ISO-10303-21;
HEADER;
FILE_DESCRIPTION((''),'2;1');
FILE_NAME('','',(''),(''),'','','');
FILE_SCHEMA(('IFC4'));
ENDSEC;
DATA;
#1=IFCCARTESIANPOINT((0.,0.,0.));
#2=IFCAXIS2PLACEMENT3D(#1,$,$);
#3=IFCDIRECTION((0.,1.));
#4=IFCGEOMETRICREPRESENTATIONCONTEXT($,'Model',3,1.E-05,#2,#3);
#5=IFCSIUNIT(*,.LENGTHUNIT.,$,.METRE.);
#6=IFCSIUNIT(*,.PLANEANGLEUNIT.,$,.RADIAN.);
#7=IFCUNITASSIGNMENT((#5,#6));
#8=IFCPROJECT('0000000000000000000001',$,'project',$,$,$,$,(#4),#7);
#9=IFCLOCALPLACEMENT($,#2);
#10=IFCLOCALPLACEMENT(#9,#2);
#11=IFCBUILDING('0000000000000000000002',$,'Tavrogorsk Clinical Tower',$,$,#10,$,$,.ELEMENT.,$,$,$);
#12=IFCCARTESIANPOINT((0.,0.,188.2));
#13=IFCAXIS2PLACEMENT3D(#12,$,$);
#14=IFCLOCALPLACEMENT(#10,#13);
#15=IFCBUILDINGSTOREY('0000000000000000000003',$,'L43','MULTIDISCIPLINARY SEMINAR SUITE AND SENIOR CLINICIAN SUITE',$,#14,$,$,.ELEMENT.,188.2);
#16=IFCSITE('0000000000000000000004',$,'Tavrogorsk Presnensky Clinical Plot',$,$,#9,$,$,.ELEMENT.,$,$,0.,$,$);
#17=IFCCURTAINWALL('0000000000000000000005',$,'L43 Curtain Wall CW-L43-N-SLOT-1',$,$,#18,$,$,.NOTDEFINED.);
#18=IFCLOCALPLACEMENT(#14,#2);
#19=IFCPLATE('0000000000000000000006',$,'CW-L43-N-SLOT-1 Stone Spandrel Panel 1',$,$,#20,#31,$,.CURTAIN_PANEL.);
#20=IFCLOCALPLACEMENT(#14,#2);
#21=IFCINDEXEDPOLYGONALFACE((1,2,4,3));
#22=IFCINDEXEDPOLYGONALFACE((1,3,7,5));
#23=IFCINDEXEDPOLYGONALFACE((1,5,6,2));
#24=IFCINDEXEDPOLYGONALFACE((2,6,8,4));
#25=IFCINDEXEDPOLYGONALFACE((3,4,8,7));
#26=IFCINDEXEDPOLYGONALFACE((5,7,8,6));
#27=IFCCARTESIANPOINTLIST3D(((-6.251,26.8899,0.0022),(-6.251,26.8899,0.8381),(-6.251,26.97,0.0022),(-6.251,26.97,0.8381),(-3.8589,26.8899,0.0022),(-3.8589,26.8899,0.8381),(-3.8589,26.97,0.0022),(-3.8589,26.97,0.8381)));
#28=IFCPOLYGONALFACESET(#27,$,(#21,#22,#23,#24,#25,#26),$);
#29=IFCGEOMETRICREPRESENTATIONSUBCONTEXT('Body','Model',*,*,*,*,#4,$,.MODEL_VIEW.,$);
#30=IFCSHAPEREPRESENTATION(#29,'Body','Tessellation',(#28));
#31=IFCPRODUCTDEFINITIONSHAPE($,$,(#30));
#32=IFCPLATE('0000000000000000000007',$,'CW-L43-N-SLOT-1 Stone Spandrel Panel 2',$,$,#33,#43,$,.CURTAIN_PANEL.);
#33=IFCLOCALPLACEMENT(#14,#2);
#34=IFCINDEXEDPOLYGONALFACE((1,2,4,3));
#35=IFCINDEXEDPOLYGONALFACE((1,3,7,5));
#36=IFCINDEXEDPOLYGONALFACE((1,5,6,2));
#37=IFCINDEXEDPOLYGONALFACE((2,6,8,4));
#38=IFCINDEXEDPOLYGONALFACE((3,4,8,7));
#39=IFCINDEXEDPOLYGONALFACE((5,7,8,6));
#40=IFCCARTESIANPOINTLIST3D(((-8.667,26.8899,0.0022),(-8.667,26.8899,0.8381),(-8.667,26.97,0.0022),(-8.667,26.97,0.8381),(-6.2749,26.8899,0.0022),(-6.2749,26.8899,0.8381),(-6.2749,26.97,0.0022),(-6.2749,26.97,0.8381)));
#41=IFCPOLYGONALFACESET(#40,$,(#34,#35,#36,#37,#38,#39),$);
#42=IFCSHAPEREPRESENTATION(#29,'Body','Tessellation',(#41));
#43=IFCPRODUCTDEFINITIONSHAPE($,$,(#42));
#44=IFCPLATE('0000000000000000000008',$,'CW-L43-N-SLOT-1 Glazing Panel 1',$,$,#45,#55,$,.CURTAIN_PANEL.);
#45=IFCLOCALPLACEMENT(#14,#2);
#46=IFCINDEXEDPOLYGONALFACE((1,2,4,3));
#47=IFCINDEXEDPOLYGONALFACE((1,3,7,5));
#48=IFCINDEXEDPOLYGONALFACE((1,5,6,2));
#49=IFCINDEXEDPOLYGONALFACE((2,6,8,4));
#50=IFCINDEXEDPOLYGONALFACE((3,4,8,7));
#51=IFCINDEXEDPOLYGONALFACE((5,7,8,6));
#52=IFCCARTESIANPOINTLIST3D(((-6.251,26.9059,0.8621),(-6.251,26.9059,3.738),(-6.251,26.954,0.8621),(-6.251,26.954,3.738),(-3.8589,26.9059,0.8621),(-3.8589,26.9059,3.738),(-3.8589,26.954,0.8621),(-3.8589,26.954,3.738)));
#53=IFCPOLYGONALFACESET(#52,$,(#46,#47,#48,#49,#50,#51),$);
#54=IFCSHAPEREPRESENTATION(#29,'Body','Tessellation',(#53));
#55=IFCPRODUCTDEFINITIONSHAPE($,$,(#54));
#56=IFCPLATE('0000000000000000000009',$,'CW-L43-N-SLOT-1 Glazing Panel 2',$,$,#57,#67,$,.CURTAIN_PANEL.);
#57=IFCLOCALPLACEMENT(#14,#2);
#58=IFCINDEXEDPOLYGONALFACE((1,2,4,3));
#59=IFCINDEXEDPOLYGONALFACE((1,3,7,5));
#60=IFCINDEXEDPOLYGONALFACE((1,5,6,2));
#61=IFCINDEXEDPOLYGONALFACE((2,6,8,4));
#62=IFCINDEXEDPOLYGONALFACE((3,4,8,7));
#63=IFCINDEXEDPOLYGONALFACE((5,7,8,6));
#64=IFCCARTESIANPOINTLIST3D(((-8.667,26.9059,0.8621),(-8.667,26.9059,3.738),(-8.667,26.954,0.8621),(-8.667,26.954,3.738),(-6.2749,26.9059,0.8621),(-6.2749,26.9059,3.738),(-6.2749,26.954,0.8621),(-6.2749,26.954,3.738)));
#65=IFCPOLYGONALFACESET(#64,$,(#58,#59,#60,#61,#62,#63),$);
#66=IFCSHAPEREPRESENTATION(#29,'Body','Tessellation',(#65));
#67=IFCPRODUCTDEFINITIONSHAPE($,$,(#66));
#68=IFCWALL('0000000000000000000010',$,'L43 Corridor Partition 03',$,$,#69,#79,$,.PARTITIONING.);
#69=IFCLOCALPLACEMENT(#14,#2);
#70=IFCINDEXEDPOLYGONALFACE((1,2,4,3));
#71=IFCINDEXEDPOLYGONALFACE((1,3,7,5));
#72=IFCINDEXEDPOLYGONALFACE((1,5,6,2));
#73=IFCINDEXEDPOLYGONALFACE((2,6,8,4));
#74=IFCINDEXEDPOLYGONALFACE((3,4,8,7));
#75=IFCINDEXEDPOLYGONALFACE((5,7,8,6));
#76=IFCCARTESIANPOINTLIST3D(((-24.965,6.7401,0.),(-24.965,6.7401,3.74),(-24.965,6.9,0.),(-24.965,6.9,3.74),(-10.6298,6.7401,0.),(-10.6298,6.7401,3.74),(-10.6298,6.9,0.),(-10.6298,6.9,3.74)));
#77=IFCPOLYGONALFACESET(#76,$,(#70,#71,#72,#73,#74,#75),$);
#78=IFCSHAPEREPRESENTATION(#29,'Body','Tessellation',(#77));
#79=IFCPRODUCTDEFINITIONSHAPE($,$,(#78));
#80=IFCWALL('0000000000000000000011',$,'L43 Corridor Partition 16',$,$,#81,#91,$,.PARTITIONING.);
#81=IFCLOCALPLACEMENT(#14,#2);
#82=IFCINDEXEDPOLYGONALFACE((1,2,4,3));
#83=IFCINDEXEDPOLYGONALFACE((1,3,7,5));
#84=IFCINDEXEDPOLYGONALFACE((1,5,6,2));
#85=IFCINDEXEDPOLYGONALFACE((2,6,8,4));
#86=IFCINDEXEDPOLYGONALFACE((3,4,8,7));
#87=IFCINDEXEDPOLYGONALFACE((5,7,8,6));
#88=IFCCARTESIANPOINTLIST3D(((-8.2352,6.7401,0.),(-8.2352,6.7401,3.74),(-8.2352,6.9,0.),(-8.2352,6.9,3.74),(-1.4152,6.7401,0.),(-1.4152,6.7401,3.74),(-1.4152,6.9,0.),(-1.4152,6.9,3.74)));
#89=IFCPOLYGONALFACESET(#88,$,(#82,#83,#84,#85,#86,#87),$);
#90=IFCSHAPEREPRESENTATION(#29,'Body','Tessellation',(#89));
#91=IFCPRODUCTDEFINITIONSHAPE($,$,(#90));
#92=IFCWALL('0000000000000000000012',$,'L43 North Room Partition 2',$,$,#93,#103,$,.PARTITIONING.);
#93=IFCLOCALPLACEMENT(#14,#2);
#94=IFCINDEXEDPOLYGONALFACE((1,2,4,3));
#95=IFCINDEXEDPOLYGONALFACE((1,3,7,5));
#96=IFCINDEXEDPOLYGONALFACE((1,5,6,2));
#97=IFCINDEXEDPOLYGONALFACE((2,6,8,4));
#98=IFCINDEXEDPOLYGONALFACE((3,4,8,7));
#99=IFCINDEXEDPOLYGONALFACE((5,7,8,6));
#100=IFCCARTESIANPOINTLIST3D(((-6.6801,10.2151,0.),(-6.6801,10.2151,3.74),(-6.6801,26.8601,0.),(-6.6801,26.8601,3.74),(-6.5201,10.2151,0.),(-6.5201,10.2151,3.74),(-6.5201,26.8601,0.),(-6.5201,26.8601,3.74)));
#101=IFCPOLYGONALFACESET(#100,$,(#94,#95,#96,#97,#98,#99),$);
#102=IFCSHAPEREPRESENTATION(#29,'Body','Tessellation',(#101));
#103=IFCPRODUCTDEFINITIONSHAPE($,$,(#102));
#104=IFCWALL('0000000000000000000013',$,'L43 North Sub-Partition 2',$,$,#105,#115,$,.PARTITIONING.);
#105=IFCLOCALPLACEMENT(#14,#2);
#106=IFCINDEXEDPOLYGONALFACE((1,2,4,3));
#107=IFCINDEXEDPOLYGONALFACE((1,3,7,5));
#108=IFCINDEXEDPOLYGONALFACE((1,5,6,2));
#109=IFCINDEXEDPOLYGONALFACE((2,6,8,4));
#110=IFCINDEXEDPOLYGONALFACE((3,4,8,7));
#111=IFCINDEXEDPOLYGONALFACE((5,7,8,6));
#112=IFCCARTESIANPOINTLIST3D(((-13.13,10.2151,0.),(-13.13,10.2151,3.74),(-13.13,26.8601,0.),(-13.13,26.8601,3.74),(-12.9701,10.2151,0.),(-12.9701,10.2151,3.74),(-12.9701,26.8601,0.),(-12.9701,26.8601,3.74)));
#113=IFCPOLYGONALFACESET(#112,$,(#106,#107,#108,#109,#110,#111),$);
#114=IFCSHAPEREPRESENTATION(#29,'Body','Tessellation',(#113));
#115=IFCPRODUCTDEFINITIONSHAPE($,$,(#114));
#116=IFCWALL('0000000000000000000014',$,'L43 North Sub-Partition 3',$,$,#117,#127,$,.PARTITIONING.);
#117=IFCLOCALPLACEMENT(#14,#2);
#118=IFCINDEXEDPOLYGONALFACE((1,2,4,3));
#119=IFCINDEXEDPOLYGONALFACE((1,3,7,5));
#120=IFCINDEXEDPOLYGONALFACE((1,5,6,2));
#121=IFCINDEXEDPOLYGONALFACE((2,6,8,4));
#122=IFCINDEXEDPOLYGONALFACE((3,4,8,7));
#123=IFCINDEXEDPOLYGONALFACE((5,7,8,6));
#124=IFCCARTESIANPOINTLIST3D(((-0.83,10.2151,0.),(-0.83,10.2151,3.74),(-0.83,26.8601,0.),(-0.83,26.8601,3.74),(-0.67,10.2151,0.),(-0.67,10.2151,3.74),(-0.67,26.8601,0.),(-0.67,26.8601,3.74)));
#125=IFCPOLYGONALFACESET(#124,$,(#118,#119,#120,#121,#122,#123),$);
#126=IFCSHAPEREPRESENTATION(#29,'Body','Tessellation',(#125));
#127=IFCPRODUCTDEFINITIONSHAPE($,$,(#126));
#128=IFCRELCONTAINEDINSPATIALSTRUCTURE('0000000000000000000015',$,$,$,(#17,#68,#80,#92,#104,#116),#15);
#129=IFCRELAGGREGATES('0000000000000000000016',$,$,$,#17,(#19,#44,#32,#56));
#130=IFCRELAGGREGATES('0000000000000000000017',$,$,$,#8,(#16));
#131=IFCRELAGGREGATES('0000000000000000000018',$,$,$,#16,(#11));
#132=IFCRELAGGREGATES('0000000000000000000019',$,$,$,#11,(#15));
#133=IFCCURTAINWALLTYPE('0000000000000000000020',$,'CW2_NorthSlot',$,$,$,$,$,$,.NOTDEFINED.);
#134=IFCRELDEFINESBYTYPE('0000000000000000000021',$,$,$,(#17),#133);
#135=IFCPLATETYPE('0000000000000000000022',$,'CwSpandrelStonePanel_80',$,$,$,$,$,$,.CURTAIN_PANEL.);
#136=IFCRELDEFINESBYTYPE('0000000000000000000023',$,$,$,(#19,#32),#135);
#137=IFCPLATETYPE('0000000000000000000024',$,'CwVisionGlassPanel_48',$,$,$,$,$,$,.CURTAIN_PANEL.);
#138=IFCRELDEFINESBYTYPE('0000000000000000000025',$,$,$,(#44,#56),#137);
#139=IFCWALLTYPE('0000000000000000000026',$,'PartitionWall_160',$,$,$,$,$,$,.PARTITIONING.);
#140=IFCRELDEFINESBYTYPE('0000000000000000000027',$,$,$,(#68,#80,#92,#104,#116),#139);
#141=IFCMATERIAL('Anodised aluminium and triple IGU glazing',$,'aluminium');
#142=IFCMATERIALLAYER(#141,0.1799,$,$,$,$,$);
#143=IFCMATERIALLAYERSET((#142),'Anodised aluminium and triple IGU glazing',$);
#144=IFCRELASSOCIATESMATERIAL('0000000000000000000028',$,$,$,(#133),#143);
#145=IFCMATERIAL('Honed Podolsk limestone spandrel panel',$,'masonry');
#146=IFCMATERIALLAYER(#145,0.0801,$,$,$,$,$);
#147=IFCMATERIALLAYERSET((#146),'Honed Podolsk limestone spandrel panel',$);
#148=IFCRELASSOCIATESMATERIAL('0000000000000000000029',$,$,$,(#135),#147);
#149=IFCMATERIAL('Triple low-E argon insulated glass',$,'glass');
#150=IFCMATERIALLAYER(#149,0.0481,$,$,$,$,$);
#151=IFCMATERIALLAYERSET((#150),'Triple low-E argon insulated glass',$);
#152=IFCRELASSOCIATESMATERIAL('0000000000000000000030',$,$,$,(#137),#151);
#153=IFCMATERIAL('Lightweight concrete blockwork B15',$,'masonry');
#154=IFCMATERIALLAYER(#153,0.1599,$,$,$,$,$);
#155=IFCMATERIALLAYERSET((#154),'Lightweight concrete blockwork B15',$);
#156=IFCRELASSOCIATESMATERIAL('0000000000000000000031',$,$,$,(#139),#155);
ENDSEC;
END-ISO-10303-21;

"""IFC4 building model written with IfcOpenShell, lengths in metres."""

from ifc_helpers import new_model, si_unit, direction, frame, frame_2d, origin, origin_2d, place, context, subcontext, project, spatial, rectangle, extrude, material, layer, layer_set, type_object, element, aggregate, save


model = new_model("IFC4")

# Units and contexts
model_context = context("Model", 3, precision=1e-05, world=origin(), true_north=direction((0.0, 1.0)))
body_context = subcontext(model_context, "Body", "Model", "MODEL_VIEW")
ifc_project = project(units=[si_unit("LENGTHUNIT", "METRE"), si_unit("PLANEANGLEUNIT", "RADIAN")], contexts=[model_context])

# Site, building, storey
site_placement = place(None, origin())
site = spatial("IfcSite", under=ifc_project, at=site_placement, Name="Tavrogorsk Presnensky Clinical Plot", CompositionType="ELEMENT", RefElevation=0.0)
building_placement = place(site_placement, origin())
building = spatial("IfcBuilding", under=site, at=building_placement, Name="Tavrogorsk Clinical Tower", CompositionType="ELEMENT")
storey_placement = place(building_placement, frame((0.0, 0.0, 188.2)))
storey = spatial("IfcBuildingStorey", under=building, at=storey_placement, Name="L43", Description="MULTIDISCIPLINARY SEMINAR SUITE AND SENIOR CLINICIAN SUITE", CompositionType="ELEMENT", Elevation=188.2)

# Curtain wall
ifc_material_1 = material(Name="Anodised aluminium and triple IGU glazing", Category="aluminium")
ifc_layer_1 = layer(ifc_material_1, 0.1799)
ifc_layer_set_1 = layer_set([ifc_layer_1], Name="Anodised aluminium and triple IGU glazing")
curtain_wall_type = type_object("IfcCurtainWallType", Name="CW2_NorthSlot", PredefinedType="NOTDEFINED", material=ifc_layer_set_1)
curtain_wall_placement = place(storey_placement, origin())
curtain_wall = element("IfcCurtainWall", 1, at=curtain_wall_placement, inside=storey, type_object=curtain_wall_type, Name="L43 Curtain Wall CW-L43-N-SLOT-1", PredefinedType="NOTDEFINED")

# Plates
ifc_material_2 = material(Name="Honed Podolsk limestone spandrel panel", Category="masonry")
ifc_layer_2 = layer(ifc_material_2, 0.0801)
ifc_layer_set_2 = layer_set([ifc_layer_2], Name="Honed Podolsk limestone spandrel panel")
plate_type_1 = type_object("IfcPlateType", Name="CwSpandrelStonePanel_80", PredefinedType="CURTAIN_PANEL", material=ifc_layer_set_2)
plate_1_placement = place(storey_placement, frame((-5.0549, 26.9299, 0.0022), z_axis=(0.0, 0.0, 1.0), x_axis=(-1.0, 0.0, 0.0)))
plate_1 = element("IfcPlate", 2, at=plate_1_placement, type_object=plate_type_1, Name="CW-L43-N-SLOT-1 Stone Spandrel Panel 1", PredefinedType="CURTAIN_PANEL", context=body_context, shape_type="SweptSolid", body=[
    extrude(rectangle(XDim=2.3921, YDim=0.0801, at=origin_2d()), origin(), (0.0, 0.0, 1.0), 0.8359),
])
plate_2_placement = place(storey_placement, frame((-7.4709, 26.9299, 0.0022), z_axis=(0.0, 0.0, 1.0), x_axis=(-1.0, 0.0, 0.0)))
plate_2 = element("IfcPlate", 3, at=plate_2_placement, type_object=plate_type_1, Name="CW-L43-N-SLOT-1 Stone Spandrel Panel 2", PredefinedType="CURTAIN_PANEL", context=body_context, shape_type="SweptSolid", body=[
    extrude(rectangle(XDim=2.3921, YDim=0.0801, at=origin_2d()), origin(), (0.0, 0.0, 1.0), 0.8359),
])
ifc_material_3 = material(Name="Triple low-E argon insulated glass", Category="glass")
ifc_layer_3 = layer(ifc_material_3, 0.0481)
ifc_layer_set_3 = layer_set([ifc_layer_3], Name="Triple low-E argon insulated glass")
plate_type_2 = type_object("IfcPlateType", Name="CwVisionGlassPanel_48", PredefinedType="CURTAIN_PANEL", material=ifc_layer_set_3)
plate_3_placement = place(storey_placement, frame((-5.0549, 26.9299, 0.8621), z_axis=(0.0, 0.0, 1.0), x_axis=(-1.0, 0.0, 0.0)))
plate_3 = element("IfcPlate", 4, at=plate_3_placement, type_object=plate_type_2, Name="CW-L43-N-SLOT-1 Glazing Panel 1", PredefinedType="CURTAIN_PANEL", context=body_context, shape_type="SweptSolid", body=[
    extrude(rectangle(XDim=2.3921, YDim=0.0481, at=origin_2d()), origin(), (0.0, 0.0, 1.0), 2.876),
])
plate_4_placement = place(storey_placement, frame((-7.4709, 26.9299, 0.8621), z_axis=(0.0, 0.0, 1.0), x_axis=(-1.0, 0.0, 0.0)))
plate_4 = element("IfcPlate", 5, at=plate_4_placement, type_object=plate_type_2, Name="CW-L43-N-SLOT-1 Glazing Panel 2", PredefinedType="CURTAIN_PANEL", context=body_context, shape_type="SweptSolid", body=[
    extrude(rectangle(XDim=2.3921, YDim=0.0481, at=origin_2d()), origin(), (0.0, 0.0, 1.0), 2.876),
])
aggregate(curtain_wall, [plate_1, plate_3, plate_2, plate_4])

# Walls
ifc_material_4 = material(Name="Lightweight concrete blockwork B15", Category="masonry")
ifc_layer_4 = layer(ifc_material_4, 0.1599)
ifc_layer_set_4 = layer_set([ifc_layer_4], Name="Lightweight concrete blockwork B15")
wall_type_1 = type_object("IfcWallType", Name="PartitionWall_160", PredefinedType="PARTITIONING", material=ifc_layer_set_4)
wall_1_placement = place(storey_placement, frame((-10.6299, 6.8201, 0.0), z_axis=(0.0, 0.0, 1.0), x_axis=(-1.0, 0.0, 0.0)))
element("IfcWall", 6, at=wall_1_placement, inside=storey, type_object=wall_type_1, Name="L43 Corridor Partition 03", PredefinedType="PARTITIONING", context=body_context, shape_type="SweptSolid", body=[
    extrude(rectangle(XDim=14.3352, YDim=0.1599, at=frame_2d((7.1675, 0.0))), origin(), (0.0, 0.0, 1.0), 3.74),
])
wall_2_placement = place(storey_placement, frame((-1.415, 6.8201, 0.0), z_axis=(0.0, 0.0, 1.0), x_axis=(-1.0, 0.0, 0.0)))
element("IfcWall", 7, at=wall_2_placement, inside=storey, type_object=wall_type_1, Name="L43 Corridor Partition 16", PredefinedType="PARTITIONING", context=body_context, shape_type="SweptSolid", body=[
    extrude(rectangle(XDim=6.8201, YDim=0.1599, at=frame_2d((3.4102, 0.0))), origin(), (0.0, 0.0, 1.0), 3.74),
])
for number, where, z_axis, x_axis, name in (
    (8, (-6.6001, 10.2151, 0.0), (0.0, 0.0, 1.0), (0.0, 1.0, 0.0), "L43 North Room Partition 2"),
    (9, (-13.05, 10.2151, 0.0), (0.0, 0.0, 1.0), (0.0, 1.0, 0.0), "L43 North Sub-Partition 2"),
    (10, (-0.75, 10.2151, 0.0), (0.0, 0.0, 1.0), (0.0, 1.0, 0.0), "L43 North Sub-Partition 3"),
):
    element("IfcWall", number, at=place(storey_placement, frame(where, z_axis=z_axis, x_axis=x_axis)), inside=storey, type_object=wall_type_1, Name=name, PredefinedType="PARTITIONING", context=body_context, shape_type="SweptSolid", body=[
        extrude(rectangle(XDim=16.645, YDim=0.1599, at=frame_2d((8.3225, 0.0))), origin(), (0.0, 0.0, 1.0), 3.74),
    ])

save(model, "model.ifc")
